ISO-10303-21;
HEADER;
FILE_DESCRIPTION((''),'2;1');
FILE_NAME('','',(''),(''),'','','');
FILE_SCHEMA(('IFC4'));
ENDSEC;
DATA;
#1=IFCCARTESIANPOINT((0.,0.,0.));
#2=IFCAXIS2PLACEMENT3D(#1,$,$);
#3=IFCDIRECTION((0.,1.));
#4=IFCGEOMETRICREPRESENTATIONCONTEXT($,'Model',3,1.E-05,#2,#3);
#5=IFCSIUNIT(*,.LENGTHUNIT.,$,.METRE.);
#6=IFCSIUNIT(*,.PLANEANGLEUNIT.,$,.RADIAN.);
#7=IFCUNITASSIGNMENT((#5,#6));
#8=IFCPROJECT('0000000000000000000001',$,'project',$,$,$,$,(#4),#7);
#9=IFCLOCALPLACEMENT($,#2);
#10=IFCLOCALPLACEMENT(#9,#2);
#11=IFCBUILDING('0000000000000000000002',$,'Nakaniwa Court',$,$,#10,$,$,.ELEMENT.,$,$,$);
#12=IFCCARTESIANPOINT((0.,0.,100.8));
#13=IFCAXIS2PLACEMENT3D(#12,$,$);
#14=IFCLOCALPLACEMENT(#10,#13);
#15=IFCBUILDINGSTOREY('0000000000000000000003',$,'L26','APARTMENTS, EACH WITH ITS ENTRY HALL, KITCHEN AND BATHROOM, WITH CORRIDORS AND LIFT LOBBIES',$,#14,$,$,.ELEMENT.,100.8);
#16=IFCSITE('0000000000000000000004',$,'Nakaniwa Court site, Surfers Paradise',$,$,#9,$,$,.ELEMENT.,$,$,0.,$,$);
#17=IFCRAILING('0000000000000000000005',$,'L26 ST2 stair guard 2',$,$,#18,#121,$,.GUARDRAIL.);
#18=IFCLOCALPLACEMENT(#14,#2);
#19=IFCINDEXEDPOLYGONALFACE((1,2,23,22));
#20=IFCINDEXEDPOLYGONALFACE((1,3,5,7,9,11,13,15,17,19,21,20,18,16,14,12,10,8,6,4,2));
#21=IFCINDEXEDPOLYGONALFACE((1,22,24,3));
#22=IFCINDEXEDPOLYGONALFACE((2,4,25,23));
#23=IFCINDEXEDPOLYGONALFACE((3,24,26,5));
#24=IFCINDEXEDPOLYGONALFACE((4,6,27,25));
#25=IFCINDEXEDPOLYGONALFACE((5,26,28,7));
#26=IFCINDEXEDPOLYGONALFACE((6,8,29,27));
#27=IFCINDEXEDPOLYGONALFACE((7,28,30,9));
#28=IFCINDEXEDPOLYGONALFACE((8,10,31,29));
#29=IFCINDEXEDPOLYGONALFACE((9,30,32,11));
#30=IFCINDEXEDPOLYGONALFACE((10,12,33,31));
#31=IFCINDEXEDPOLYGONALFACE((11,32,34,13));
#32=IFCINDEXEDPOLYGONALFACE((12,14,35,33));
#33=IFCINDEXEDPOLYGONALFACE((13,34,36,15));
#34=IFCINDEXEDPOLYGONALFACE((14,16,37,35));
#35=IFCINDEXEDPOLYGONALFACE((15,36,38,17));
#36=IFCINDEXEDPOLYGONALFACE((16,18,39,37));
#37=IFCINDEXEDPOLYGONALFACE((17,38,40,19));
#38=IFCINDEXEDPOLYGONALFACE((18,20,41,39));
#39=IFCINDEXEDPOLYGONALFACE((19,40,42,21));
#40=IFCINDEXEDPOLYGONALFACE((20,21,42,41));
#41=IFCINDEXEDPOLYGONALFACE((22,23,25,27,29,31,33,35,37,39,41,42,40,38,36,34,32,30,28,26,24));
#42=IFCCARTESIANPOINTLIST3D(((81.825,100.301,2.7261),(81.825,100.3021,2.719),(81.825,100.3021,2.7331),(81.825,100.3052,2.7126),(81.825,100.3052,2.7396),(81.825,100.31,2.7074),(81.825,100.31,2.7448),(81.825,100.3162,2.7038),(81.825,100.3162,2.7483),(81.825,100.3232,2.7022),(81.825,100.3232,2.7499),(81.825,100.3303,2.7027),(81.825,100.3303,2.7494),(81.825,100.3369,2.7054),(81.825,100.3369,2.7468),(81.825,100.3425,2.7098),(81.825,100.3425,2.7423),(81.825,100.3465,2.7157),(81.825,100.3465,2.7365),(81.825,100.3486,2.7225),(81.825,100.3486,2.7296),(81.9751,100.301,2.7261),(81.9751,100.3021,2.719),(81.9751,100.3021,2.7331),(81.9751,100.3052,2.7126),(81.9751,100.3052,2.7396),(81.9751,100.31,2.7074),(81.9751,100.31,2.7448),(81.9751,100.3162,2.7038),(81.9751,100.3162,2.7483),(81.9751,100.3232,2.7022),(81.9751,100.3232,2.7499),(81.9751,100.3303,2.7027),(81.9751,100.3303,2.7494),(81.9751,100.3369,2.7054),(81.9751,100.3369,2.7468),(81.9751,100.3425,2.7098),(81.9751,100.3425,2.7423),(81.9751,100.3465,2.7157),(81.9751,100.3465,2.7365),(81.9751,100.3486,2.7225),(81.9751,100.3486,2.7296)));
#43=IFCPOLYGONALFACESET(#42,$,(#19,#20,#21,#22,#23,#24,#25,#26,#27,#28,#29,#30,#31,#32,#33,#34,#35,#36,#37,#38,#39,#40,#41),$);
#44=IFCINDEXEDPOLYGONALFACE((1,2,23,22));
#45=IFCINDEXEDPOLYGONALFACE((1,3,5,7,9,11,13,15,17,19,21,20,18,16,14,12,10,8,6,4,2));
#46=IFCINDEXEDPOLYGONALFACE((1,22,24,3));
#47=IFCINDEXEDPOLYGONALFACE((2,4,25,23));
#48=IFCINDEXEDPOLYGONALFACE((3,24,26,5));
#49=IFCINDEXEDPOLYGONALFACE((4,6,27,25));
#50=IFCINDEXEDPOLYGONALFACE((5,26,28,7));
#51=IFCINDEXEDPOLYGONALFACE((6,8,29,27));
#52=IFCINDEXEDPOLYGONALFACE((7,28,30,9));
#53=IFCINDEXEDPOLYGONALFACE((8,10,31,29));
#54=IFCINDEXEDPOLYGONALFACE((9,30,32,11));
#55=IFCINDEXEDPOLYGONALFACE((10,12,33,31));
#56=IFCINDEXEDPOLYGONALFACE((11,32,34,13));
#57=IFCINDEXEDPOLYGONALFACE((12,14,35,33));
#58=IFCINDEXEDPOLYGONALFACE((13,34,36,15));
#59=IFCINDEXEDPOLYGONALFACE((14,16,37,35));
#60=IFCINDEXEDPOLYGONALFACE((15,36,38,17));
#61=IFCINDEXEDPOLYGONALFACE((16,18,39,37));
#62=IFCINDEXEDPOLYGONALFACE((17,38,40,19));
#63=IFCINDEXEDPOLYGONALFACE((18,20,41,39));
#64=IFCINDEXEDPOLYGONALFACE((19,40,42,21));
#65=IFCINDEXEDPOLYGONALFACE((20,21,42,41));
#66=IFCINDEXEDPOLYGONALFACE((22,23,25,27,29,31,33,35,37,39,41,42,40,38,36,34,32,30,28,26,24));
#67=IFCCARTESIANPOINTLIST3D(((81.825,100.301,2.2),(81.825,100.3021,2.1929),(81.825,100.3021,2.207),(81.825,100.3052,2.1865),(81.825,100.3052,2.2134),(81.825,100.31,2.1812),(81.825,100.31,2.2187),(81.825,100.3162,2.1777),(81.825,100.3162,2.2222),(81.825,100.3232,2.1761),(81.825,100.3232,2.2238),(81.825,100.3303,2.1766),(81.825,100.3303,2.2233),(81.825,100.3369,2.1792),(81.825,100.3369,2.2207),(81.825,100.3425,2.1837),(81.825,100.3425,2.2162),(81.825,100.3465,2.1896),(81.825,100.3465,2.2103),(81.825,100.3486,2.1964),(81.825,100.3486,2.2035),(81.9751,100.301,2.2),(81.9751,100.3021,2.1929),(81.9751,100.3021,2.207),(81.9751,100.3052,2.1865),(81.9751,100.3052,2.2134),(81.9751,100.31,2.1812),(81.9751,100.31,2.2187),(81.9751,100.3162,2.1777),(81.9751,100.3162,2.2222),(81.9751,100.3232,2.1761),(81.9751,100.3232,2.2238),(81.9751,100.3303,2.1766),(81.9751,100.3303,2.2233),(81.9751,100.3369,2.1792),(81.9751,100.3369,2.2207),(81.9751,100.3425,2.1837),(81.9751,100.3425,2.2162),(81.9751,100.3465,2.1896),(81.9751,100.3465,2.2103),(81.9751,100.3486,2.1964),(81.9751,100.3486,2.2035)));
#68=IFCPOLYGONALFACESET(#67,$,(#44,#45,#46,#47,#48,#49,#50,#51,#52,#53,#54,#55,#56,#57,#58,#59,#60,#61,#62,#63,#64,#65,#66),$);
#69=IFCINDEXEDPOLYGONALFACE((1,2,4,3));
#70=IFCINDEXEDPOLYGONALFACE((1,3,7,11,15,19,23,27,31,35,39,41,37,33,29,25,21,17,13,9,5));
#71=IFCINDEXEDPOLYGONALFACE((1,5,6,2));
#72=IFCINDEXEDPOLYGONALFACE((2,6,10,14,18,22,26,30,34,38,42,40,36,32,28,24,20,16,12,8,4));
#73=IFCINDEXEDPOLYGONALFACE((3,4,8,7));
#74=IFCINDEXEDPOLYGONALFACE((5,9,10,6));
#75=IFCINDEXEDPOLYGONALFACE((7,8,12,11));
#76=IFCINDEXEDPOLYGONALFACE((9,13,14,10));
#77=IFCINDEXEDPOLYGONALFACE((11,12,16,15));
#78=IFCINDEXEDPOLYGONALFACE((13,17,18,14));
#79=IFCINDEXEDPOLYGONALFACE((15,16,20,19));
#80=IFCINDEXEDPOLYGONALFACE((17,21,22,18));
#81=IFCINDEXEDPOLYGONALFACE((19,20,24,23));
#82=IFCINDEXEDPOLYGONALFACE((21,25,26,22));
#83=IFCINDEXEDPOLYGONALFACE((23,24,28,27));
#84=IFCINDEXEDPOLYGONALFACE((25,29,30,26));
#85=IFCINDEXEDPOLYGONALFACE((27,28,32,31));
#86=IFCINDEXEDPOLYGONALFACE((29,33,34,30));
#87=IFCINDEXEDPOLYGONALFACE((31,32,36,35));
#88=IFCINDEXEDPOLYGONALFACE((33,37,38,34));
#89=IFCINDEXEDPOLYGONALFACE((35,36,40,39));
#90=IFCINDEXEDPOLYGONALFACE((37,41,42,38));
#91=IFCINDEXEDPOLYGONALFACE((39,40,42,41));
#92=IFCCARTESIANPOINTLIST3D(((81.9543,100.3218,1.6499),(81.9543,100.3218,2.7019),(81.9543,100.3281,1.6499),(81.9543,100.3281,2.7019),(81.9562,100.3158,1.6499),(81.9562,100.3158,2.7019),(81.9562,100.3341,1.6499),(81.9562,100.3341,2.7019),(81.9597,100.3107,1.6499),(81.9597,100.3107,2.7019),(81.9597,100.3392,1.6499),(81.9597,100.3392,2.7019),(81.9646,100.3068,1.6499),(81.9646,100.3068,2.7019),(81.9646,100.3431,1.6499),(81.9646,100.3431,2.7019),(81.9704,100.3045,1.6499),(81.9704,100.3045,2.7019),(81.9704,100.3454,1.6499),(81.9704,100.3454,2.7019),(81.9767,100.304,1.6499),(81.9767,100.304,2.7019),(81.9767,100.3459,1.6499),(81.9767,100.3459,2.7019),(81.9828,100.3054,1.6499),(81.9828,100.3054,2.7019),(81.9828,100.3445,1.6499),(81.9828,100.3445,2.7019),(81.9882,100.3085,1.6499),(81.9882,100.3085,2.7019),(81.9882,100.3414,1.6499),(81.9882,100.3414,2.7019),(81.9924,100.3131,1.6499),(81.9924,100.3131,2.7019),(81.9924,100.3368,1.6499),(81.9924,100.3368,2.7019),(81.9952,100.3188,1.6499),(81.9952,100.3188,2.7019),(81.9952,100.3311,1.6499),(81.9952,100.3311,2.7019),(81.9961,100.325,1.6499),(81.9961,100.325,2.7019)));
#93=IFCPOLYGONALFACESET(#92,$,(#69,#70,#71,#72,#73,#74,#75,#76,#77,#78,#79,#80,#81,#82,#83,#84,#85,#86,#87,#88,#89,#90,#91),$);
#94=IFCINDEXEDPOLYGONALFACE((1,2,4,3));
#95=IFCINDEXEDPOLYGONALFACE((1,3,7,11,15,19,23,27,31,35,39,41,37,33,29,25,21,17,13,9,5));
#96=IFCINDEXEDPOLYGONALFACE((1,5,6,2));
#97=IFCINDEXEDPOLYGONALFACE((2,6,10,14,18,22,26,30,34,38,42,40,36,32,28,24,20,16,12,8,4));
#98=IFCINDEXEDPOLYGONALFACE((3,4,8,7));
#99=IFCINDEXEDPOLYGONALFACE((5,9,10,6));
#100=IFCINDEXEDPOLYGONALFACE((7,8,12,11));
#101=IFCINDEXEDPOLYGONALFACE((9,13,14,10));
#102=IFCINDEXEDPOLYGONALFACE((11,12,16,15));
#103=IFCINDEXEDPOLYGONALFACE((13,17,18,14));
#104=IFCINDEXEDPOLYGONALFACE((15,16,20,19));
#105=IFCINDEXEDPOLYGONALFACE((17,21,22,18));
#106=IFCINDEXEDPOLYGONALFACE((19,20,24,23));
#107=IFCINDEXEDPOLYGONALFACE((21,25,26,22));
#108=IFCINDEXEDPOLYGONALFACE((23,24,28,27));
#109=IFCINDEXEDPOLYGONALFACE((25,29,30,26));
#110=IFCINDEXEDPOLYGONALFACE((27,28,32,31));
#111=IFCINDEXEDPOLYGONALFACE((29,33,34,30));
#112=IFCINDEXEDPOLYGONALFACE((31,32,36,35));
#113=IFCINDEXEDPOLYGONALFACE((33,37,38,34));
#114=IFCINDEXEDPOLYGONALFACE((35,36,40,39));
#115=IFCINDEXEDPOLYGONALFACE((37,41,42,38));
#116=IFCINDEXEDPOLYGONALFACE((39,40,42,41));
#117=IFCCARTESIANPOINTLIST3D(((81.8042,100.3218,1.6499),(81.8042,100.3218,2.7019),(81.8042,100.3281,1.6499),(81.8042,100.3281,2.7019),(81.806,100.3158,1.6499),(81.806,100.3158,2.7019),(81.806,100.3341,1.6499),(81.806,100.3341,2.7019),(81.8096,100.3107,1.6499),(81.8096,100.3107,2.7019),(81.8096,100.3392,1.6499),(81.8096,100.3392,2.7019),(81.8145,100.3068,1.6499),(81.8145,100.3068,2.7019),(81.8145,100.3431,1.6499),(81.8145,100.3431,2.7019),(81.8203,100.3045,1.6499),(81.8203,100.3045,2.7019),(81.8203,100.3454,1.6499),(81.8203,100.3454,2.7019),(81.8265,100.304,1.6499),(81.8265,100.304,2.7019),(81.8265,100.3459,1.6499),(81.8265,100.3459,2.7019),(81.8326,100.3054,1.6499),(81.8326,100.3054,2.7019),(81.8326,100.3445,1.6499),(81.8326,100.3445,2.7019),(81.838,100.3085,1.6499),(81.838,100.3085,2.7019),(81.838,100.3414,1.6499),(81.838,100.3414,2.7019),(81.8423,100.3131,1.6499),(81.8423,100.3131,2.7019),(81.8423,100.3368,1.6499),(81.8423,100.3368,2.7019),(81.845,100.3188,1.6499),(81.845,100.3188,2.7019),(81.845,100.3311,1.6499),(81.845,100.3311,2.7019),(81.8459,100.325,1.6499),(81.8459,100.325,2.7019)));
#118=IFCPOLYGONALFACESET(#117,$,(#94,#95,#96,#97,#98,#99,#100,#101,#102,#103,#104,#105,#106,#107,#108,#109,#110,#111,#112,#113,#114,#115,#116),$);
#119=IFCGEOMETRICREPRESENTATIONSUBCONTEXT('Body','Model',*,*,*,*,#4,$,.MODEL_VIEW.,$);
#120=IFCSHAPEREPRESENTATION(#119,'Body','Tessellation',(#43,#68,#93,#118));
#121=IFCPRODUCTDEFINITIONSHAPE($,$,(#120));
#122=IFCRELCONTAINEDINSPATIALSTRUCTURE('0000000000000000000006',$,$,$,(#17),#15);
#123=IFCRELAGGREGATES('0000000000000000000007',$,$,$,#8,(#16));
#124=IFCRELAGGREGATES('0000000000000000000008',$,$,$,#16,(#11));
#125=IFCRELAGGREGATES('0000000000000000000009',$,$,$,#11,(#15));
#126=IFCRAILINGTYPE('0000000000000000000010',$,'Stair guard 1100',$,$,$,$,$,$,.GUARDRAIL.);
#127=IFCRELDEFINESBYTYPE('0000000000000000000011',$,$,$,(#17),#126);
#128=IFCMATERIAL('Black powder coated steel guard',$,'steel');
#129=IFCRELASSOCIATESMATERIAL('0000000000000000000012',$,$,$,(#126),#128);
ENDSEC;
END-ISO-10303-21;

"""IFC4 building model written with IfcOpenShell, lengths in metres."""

from ifc_helpers import new_model, si_unit, direction, frame, origin, origin_2d, place, context, subcontext, project, spatial, circle, extrude, material, type_object, element, save


model = new_model("IFC4")

# Units and contexts
model_context = context("Model", 3, precision=1e-05, world=origin(), true_north=direction((0.0, 1.0)))
body_context = subcontext(model_context, "Body", "Model", "MODEL_VIEW")
ifc_project = project(units=[si_unit("LENGTHUNIT", "METRE"), si_unit("PLANEANGLEUNIT", "RADIAN")], contexts=[model_context])

# Site, building, storey
site_placement = place(None, origin())
site = spatial("IfcSite", under=ifc_project, at=site_placement, Name="Nakaniwa Court site, Surfers Paradise", CompositionType="ELEMENT", RefElevation=0.0)
building_placement = place(site_placement, origin())
building = spatial("IfcBuilding", under=site, at=building_placement, Name="Nakaniwa Court", CompositionType="ELEMENT")
storey_placement = place(building_placement, frame((0.0, 0.0, 100.8)))
storey = spatial("IfcBuildingStorey", under=building, at=storey_placement, Name="L26", Description="APARTMENTS, EACH WITH ITS ENTRY HALL, KITCHEN AND BATHROOM, WITH CORRIDORS AND LIFT LOBBIES", CompositionType="ELEMENT", Elevation=100.8)

# Railing
ifc_material_1 = material(Name="Black powder coated steel guard", Category="steel")
railing_type_1 = type_object("IfcRailingType", Name="Stair guard 1100", PredefinedType="GUARDRAIL", material=ifc_material_1)
railing_1_placement = place(storey_placement, frame((81.9751, 100.325, 1.6499)))
element("IfcRailing", 1, at=railing_1_placement, inside=storey, type_object=railing_type_1, Name="L26 ST2 stair guard 2", PredefinedType="GUARDRAIL", context=body_context, shape_type="SweptSolid", body=[
    extrude(circle(Radius=0.0239, at=origin_2d()), frame((0.0, 0.0, 1.0762), z_axis=(-1.0, 0.0, 0.0), x_axis=(0.0, -1.0, 0.0)), (0.0, 0.0, 1.0), 0.1501),
    extrude(circle(Radius=0.0239, at=origin_2d()), frame((0.0, 0.0, 0.55), z_axis=(-1.0, 0.0, 0.0), x_axis=(0.0, -1.0, 0.0)), (0.0, 0.0, 1.0), 0.1501),
    extrude(circle(Radius=0.021, at=origin_2d()), origin(), (0.0, 0.0, 1.0), 1.052),
    extrude(circle(Radius=0.021, at=origin_2d()), frame((-0.1501, 0.0, 0.0)), (0.0, 0.0, 1.0), 1.052),
])

save(model, "model.ifc")
